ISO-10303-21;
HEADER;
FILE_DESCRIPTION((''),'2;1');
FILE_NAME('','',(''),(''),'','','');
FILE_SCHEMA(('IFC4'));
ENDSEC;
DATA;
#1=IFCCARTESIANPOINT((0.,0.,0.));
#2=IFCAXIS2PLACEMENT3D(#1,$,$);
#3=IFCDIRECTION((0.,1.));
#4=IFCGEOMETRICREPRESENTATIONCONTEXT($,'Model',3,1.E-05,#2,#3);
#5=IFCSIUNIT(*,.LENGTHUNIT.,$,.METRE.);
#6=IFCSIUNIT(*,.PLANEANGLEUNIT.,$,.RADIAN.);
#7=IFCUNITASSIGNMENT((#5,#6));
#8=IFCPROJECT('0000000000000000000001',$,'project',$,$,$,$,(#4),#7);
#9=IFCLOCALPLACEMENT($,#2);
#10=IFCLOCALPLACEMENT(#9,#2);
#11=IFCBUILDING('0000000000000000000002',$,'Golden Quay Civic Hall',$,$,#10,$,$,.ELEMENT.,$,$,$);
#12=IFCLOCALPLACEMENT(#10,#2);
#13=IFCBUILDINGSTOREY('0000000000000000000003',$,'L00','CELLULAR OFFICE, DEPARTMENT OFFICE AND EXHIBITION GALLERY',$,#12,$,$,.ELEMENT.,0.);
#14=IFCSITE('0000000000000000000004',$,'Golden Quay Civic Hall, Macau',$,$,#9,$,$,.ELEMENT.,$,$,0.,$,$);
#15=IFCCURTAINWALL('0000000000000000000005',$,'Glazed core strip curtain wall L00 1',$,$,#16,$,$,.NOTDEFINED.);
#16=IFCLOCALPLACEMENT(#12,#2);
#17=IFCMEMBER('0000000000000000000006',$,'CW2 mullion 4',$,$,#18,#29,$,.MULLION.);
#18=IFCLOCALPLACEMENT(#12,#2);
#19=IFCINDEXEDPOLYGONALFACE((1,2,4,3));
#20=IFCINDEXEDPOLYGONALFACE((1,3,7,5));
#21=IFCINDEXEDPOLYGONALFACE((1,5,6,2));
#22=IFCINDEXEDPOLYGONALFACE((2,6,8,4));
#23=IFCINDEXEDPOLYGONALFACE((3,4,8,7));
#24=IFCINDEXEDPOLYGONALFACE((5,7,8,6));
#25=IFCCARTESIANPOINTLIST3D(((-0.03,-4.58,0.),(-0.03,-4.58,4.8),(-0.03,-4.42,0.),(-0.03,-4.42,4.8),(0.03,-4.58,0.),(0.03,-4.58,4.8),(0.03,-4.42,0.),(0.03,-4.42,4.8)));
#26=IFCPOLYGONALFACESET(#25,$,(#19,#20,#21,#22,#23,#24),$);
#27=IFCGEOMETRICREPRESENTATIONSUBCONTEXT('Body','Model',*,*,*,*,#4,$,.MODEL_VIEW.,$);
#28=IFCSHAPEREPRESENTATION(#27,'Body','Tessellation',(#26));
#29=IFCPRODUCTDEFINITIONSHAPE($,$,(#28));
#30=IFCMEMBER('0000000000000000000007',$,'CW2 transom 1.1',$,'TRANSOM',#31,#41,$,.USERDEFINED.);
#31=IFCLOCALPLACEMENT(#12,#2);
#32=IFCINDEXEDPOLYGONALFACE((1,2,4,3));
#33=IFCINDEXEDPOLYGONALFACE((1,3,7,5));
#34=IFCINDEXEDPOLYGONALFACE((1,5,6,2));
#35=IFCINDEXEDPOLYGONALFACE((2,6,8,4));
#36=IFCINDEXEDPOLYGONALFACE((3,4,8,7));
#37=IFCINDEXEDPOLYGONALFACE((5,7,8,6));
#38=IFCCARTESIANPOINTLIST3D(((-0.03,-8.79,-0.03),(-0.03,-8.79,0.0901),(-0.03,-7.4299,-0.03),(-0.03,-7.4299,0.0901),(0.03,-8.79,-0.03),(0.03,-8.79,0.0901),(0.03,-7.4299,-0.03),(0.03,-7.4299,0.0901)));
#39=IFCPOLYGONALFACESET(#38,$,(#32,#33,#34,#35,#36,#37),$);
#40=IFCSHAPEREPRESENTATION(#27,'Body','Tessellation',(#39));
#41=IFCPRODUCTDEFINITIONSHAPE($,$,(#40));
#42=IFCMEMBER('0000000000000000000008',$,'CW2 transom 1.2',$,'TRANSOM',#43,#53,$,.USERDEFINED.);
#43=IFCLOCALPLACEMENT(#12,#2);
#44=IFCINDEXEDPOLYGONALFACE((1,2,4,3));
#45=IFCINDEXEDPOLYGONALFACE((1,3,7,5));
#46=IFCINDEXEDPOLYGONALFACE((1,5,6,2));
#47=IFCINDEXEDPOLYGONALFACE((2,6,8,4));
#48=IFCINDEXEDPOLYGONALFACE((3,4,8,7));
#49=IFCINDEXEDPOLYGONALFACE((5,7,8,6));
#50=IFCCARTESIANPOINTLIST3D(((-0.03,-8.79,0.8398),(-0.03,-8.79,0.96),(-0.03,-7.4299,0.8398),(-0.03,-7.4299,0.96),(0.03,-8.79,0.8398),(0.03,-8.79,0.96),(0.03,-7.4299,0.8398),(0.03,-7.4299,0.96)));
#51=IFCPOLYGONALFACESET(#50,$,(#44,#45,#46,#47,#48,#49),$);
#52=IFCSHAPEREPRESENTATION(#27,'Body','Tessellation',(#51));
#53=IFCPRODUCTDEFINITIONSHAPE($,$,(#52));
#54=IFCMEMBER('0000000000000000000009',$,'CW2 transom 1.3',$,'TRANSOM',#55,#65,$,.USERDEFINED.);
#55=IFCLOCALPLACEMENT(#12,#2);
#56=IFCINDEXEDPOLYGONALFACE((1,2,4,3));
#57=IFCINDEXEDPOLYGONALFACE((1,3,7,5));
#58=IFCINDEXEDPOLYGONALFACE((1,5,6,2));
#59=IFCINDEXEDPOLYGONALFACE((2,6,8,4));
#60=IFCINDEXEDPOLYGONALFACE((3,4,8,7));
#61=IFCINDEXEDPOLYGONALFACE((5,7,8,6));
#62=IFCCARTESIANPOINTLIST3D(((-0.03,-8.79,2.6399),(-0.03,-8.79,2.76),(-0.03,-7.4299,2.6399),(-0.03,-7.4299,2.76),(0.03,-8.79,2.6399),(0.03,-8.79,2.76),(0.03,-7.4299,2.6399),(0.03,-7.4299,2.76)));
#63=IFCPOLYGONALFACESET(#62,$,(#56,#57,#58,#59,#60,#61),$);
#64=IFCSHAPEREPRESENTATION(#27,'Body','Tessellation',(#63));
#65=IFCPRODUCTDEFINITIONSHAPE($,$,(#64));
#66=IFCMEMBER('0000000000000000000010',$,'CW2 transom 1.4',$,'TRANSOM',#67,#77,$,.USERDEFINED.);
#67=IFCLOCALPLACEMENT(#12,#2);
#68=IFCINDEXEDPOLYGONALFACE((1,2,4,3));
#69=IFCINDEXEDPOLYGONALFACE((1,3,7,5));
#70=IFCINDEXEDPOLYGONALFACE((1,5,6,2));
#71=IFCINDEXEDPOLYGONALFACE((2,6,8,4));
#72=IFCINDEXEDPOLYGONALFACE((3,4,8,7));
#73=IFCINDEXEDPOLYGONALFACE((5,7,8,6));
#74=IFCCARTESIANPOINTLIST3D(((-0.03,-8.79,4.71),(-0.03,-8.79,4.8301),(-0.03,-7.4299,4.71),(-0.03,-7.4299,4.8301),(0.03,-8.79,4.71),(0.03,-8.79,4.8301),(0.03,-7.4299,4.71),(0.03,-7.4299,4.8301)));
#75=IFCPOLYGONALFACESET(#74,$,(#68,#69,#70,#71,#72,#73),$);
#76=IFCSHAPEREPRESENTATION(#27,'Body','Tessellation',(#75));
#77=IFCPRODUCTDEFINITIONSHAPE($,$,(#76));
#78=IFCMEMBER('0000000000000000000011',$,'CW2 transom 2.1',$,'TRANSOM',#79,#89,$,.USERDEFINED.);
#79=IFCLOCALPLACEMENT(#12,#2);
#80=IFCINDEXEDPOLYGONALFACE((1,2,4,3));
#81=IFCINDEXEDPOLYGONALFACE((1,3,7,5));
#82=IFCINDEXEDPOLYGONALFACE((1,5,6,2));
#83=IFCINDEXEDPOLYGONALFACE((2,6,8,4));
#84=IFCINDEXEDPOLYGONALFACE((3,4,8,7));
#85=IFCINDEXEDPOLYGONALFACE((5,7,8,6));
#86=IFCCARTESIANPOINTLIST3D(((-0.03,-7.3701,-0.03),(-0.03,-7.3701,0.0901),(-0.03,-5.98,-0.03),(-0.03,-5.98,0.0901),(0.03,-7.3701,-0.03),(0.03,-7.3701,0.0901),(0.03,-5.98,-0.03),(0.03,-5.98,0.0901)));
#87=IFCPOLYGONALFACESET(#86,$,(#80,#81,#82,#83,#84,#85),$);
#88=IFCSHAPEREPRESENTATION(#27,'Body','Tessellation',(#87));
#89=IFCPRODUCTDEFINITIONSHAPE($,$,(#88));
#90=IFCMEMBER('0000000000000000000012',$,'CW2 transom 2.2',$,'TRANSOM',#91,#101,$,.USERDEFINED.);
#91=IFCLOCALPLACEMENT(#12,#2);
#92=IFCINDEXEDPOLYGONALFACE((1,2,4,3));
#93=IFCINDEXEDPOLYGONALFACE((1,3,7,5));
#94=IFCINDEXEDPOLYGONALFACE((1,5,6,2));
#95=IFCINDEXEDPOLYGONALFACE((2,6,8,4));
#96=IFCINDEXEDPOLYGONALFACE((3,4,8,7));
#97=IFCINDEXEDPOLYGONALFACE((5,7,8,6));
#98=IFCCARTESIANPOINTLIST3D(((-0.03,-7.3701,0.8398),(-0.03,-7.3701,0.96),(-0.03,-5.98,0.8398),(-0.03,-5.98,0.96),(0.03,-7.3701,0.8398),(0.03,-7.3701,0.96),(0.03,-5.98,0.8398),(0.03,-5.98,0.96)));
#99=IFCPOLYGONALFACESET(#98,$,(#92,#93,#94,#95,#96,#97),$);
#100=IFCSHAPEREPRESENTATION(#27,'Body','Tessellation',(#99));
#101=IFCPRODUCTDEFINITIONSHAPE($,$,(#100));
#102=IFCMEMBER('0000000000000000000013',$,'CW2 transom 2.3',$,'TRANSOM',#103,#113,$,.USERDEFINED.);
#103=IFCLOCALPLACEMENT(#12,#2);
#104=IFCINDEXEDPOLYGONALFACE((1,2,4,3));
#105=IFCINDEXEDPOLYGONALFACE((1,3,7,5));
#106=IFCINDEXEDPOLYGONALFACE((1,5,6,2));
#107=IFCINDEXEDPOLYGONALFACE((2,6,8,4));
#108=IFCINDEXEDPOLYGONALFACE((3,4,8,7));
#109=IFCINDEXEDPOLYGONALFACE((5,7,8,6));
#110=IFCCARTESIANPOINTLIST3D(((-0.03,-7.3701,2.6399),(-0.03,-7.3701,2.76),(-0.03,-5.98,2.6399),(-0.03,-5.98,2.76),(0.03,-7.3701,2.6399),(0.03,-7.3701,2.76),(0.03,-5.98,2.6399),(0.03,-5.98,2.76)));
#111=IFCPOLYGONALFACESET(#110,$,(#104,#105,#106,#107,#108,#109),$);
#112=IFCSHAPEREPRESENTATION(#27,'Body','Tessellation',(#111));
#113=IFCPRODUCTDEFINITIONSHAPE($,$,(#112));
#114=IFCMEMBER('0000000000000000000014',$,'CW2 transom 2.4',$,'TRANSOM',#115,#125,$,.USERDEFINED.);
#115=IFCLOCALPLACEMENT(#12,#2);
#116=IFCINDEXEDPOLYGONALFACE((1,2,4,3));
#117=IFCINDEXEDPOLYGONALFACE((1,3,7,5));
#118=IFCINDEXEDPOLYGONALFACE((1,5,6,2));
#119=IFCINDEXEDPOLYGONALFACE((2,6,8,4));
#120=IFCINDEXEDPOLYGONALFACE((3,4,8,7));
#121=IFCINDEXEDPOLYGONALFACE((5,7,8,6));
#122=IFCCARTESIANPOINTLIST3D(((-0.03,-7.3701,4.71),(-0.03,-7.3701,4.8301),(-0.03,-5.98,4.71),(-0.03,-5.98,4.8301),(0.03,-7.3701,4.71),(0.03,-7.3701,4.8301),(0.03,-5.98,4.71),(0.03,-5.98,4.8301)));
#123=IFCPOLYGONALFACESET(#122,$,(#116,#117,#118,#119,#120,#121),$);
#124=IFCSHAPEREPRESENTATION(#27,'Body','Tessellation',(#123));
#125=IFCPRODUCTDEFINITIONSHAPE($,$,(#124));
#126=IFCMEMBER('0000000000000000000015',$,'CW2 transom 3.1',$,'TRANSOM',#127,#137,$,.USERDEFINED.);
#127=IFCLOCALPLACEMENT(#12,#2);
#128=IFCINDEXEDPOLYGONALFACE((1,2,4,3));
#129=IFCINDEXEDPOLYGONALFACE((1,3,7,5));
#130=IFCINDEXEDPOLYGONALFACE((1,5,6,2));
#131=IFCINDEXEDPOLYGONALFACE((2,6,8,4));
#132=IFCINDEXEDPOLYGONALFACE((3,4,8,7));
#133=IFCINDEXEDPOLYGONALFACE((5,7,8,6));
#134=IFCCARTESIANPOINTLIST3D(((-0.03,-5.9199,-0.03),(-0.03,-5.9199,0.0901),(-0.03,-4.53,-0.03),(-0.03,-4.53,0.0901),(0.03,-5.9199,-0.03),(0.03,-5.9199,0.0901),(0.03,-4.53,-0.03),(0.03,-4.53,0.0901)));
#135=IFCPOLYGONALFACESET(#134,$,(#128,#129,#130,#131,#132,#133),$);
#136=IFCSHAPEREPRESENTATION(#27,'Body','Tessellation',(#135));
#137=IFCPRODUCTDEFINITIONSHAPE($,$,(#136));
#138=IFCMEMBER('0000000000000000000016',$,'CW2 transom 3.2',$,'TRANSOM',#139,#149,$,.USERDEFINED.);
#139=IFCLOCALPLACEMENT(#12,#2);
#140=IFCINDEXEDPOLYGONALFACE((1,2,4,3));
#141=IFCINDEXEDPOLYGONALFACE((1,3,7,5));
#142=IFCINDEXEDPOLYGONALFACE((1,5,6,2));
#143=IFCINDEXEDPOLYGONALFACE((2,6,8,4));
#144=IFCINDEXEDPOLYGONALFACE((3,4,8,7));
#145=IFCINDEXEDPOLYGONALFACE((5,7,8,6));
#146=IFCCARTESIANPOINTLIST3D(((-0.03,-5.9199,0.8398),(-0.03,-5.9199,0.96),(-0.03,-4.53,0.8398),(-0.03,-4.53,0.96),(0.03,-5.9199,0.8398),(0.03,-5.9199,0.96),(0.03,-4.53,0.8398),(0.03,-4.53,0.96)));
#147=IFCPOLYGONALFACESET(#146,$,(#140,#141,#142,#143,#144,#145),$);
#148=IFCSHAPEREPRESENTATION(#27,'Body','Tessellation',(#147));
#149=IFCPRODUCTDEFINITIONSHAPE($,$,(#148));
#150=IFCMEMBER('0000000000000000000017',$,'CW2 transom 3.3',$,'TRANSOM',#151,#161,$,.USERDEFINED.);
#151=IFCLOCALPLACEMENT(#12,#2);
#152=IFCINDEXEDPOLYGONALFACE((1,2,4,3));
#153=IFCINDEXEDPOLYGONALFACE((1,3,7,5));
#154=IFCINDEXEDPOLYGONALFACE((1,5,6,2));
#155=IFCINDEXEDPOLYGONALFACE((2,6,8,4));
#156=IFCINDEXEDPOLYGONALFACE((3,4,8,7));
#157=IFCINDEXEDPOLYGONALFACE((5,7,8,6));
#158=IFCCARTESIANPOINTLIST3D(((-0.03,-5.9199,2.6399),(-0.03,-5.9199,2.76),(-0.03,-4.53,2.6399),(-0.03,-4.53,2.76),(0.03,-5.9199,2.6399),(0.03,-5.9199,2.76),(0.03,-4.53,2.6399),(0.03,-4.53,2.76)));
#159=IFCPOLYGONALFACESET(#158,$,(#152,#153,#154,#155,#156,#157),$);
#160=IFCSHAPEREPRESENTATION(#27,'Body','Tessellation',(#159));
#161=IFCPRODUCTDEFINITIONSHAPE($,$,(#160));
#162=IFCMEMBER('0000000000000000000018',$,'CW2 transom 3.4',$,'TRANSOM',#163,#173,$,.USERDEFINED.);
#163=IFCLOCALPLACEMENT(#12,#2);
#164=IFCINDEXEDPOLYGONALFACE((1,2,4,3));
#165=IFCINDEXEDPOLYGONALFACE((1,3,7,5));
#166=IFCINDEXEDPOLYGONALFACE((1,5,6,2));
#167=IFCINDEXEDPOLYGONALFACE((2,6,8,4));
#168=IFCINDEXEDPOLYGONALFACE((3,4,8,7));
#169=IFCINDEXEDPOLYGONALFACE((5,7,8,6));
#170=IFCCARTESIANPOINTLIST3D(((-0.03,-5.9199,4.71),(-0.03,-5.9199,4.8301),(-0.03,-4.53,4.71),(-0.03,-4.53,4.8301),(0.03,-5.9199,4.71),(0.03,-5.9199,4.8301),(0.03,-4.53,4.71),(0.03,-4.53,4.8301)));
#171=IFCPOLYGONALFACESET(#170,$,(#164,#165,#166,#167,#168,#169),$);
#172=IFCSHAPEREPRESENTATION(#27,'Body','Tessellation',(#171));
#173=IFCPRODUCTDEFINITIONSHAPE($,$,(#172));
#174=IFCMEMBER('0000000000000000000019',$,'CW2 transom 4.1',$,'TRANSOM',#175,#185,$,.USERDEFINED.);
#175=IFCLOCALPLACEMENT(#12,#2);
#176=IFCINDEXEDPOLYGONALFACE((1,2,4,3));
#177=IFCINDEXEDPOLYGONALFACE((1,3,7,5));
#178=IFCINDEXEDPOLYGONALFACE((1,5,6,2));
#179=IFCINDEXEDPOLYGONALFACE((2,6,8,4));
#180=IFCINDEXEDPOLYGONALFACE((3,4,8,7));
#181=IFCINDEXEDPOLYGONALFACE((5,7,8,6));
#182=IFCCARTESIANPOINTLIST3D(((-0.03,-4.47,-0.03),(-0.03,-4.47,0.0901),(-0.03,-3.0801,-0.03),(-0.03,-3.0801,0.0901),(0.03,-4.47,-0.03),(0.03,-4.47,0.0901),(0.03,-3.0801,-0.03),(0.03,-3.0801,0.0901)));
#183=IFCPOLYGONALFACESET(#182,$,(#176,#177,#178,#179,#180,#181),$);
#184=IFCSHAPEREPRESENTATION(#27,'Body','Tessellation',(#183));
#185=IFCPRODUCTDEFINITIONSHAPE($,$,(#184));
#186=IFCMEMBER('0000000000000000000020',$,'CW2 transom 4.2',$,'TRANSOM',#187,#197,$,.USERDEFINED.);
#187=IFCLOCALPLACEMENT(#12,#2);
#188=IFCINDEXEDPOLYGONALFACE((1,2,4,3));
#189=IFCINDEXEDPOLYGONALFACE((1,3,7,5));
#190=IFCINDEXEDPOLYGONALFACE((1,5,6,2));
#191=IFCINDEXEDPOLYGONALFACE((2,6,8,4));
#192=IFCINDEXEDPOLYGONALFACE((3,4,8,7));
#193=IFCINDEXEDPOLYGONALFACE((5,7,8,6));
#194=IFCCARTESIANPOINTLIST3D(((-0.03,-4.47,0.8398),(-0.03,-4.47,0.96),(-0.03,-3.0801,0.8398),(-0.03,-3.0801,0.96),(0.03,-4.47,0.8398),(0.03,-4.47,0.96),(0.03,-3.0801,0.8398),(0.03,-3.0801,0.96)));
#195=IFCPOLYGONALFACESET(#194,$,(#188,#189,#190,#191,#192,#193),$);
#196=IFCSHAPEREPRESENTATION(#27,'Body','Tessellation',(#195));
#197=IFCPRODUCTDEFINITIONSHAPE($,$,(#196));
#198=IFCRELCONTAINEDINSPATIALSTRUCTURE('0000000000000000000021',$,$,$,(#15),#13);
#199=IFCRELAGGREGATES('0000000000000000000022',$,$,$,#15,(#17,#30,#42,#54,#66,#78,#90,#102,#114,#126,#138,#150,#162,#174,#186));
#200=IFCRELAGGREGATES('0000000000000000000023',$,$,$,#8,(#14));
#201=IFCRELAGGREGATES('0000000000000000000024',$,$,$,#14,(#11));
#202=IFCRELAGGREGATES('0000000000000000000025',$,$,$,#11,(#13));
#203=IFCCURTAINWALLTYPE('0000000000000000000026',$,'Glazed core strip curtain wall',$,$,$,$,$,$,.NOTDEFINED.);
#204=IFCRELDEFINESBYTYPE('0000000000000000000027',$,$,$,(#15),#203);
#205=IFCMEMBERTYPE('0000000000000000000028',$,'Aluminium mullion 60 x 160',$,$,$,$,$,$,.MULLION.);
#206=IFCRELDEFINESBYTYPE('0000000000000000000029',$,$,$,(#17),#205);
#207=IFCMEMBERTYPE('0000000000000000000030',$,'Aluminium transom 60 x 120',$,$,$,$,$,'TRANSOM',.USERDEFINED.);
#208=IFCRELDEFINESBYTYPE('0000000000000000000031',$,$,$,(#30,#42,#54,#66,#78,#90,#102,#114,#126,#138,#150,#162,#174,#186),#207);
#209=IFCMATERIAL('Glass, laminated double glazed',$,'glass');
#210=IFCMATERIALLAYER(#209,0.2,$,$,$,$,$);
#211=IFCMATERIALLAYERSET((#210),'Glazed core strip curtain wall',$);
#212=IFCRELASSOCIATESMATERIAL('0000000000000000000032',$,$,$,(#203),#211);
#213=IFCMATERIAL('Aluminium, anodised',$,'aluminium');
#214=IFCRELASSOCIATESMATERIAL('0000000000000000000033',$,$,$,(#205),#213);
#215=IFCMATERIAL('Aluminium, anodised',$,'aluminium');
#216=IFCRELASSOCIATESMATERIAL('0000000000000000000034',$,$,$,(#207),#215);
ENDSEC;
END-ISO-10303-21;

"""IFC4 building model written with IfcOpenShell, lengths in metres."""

from ifc_helpers import new_model, si_unit, direction, frame, origin, origin_2d, place, context, subcontext, project, spatial, rectangle, extrude, material, layer, layer_set, material_profile, profile_set, type_object, element, aggregate, save


model = new_model("IFC4")

# Units and contexts
model_context = context("Model", 3, precision=1e-05, world=origin(), true_north=direction((0.0, 1.0)))
body_context = subcontext(model_context, "Body", "Model", "MODEL_VIEW")
ifc_project = project(units=[si_unit("LENGTHUNIT", "METRE"), si_unit("PLANEANGLEUNIT", "RADIAN")], contexts=[model_context])

# Site, building, storey
site_placement = place(None, origin())
site = spatial("IfcSite", under=ifc_project, at=site_placement, Name="Golden Quay Civic Hall, Macau", CompositionType="ELEMENT", RefElevation=0.0)
building_placement = place(site_placement, origin())
building = spatial("IfcBuilding", under=site, at=building_placement, Name="Golden Quay Civic Hall", CompositionType="ELEMENT")
storey_placement = place(building_placement, origin())
storey = spatial("IfcBuildingStorey", under=building, at=storey_placement, Name="L00", Description="CELLULAR OFFICE, DEPARTMENT OFFICE AND EXHIBITION GALLERY", CompositionType="ELEMENT", Elevation=0.0)

# Curtain wall, members
ifc_material_1 = material(Name="Glass, laminated double glazed", Category="glass")
ifc_layer_1 = layer(ifc_material_1, 0.2)
ifc_layer_set_1 = layer_set([ifc_layer_1], Name="Glazed core strip curtain wall")
curtain_wall_type = type_object("IfcCurtainWallType", Name="Glazed core strip curtain wall", PredefinedType="NOTDEFINED", material=ifc_layer_set_1)
curtain_wall_placement = place(storey_placement, origin())
curtain_wall = element("IfcCurtainWall", 1, at=curtain_wall_placement, inside=storey, type_object=curtain_wall_type, Name="Glazed core strip curtain wall L00 1", PredefinedType="NOTDEFINED")
ifc_material_2 = material(Name="Aluminium, anodised", Category="aluminium")
ifc_material_profile_1 = material_profile(ifc_material_2, rectangle(XDim=0.0601, YDim=0.1599, at=origin_2d()), Name="Aluminium 60 x 160")
ifc_profile_set_1 = profile_set([ifc_material_profile_1], Name="Aluminium, anodised")
member_type_1 = type_object("IfcMemberType", Name="Aluminium mullion 60 x 160", PredefinedType="MULLION", material=ifc_profile_set_1)
member_1_placement = place(storey_placement, frame((0.0, -4.5, 0.0), z_axis=(0.0, 0.0, 1.0), x_axis=(-1.0, 0.0, 0.0)))
member_1 = element("IfcMember", 2, at=member_1_placement, type_object=member_type_1, Name="CW2 mullion 4", PredefinedType="MULLION", context=body_context, shape_type="SweptSolid", body=[
    extrude(rectangle(XDim=0.0601, YDim=0.1599, at=origin_2d()), origin(), (0.0, 0.0, 1.0), 4.8),
])
ifc_material_3 = material(Name="Aluminium, anodised", Category="aluminium")
ifc_material_profile_2 = material_profile(ifc_material_3, rectangle(XDim=0.0601, YDim=0.1201, at=origin_2d()), Name="Aluminium 60 x 120")
ifc_profile_set_2 = profile_set([ifc_material_profile_2], Name="Aluminium, anodised")
member_type_2 = type_object("IfcMemberType", Name="Aluminium transom 60 x 120", ElementType="TRANSOM", PredefinedType="USERDEFINED", material=ifc_profile_set_2)
member_2_placement = place(storey_placement, frame((0.0, -8.79, 0.03), z_axis=(0.0, 1.0, 0.0), x_axis=(-1.0, 0.0, 0.0)))
member_2 = element("IfcMember", 3, at=member_2_placement, type_object=member_type_2, Name="CW2 transom 1.1", ObjectType="TRANSOM", PredefinedType="USERDEFINED", context=body_context, shape_type="SweptSolid", body=[
    extrude(rectangle(XDim=0.0601, YDim=0.1201, at=origin_2d()), origin(), (0.0, 0.0, 1.0), 1.3601),
])
member_3_placement = place(storey_placement, frame((0.0, -8.79, 0.8999), z_axis=(0.0, 1.0, 0.0), x_axis=(-1.0, 0.0, 0.0)))
member_3 = element("IfcMember", 4, at=member_3_placement, type_object=member_type_2, Name="CW2 transom 1.2", ObjectType="TRANSOM", PredefinedType="USERDEFINED", context=body_context, shape_type="SweptSolid", body=[
    extrude(rectangle(XDim=0.0601, YDim=0.1201, at=origin_2d()), origin(), (0.0, 0.0, 1.0), 1.3601),
])
member_4_placement = place(storey_placement, frame((0.0, -8.79, 2.7), z_axis=(0.0, 1.0, 0.0), x_axis=(-1.0, 0.0, 0.0)))
member_4 = element("IfcMember", 5, at=member_4_placement, type_object=member_type_2, Name="CW2 transom 1.3", ObjectType="TRANSOM", PredefinedType="USERDEFINED", context=body_context, shape_type="SweptSolid", body=[
    extrude(rectangle(XDim=0.0601, YDim=0.1201, at=origin_2d()), origin(), (0.0, 0.0, 1.0), 1.3601),
])
member_5_placement = place(storey_placement, frame((0.0, -8.79, 4.77), z_axis=(0.0, 1.0, 0.0), x_axis=(-1.0, 0.0, 0.0)))
member_5 = element("IfcMember", 6, at=member_5_placement, type_object=member_type_2, Name="CW2 transom 1.4", ObjectType="TRANSOM", PredefinedType="USERDEFINED", context=body_context, shape_type="SweptSolid", body=[
    extrude(rectangle(XDim=0.0601, YDim=0.1201, at=origin_2d()), origin(), (0.0, 0.0, 1.0), 1.3601),
])
member_6_placement = place(storey_placement, frame((0.0, -7.3701, 0.03), z_axis=(0.0, 1.0, 0.0), x_axis=(-1.0, 0.0, 0.0)))
member_6 = element("IfcMember", 7, at=member_6_placement, type_object=member_type_2, Name="CW2 transom 2.1", ObjectType="TRANSOM", PredefinedType="USERDEFINED", context=body_context, shape_type="SweptSolid", body=[
    extrude(rectangle(XDim=0.0601, YDim=0.1201, at=origin_2d()), origin(), (0.0, 0.0, 1.0), 1.3901),
])
member_7_placement = place(storey_placement, frame((0.0, -7.3701, 0.8999), z_axis=(0.0, 1.0, 0.0), x_axis=(-1.0, 0.0, 0.0)))
member_7 = element("IfcMember", 8, at=member_7_placement, type_object=member_type_2, Name="CW2 transom 2.2", ObjectType="TRANSOM", PredefinedType="USERDEFINED", context=body_context, shape_type="SweptSolid", body=[
    extrude(rectangle(XDim=0.0601, YDim=0.1201, at=origin_2d()), origin(), (0.0, 0.0, 1.0), 1.3901),
])
member_8_placement = place(storey_placement, frame((0.0, -7.3701, 2.7), z_axis=(0.0, 1.0, 0.0), x_axis=(-1.0, 0.0, 0.0)))
member_8 = element("IfcMember", 9, at=member_8_placement, type_object=member_type_2, Name="CW2 transom 2.3", ObjectType="TRANSOM", PredefinedType="USERDEFINED", context=body_context, shape_type="SweptSolid", body=[
    extrude(rectangle(XDim=0.0601, YDim=0.1201, at=origin_2d()), origin(), (0.0, 0.0, 1.0), 1.3901),
])
member_9_placement = place(storey_placement, frame((0.0, -7.3701, 4.77), z_axis=(0.0, 1.0, 0.0), x_axis=(-1.0, 0.0, 0.0)))
member_9 = element("IfcMember", 10, at=member_9_placement, type_object=member_type_2, Name="CW2 transom 2.4", ObjectType="TRANSOM", PredefinedType="USERDEFINED", context=body_context, shape_type="SweptSolid", body=[
    extrude(rectangle(XDim=0.0601, YDim=0.1201, at=origin_2d()), origin(), (0.0, 0.0, 1.0), 1.3901),
])
member_10_placement = place(storey_placement, frame((0.0, -5.9199, 0.03), z_axis=(0.0, 1.0, 0.0), x_axis=(-1.0, 0.0, 0.0)))
member_10 = element("IfcMember", 11, at=member_10_placement, type_object=member_type_2, Name="CW2 transom 3.1", ObjectType="TRANSOM", PredefinedType="USERDEFINED", context=body_context, shape_type="SweptSolid", body=[
    extrude(rectangle(XDim=0.0601, YDim=0.1201, at=origin_2d()), origin(), (0.0, 0.0, 1.0), 1.3899),
])
member_11_placement = place(storey_placement, frame((0.0, -5.9199, 0.8999), z_axis=(0.0, 1.0, 0.0), x_axis=(-1.0, 0.0, 0.0)))
member_11 = element("IfcMember", 12, at=member_11_placement, type_object=member_type_2, Name="CW2 transom 3.2", ObjectType="TRANSOM", PredefinedType="USERDEFINED", context=body_context, shape_type="SweptSolid", body=[
    extrude(rectangle(XDim=0.0601, YDim=0.1201, at=origin_2d()), origin(), (0.0, 0.0, 1.0), 1.3899),
])
member_12_placement = place(storey_placement, frame((0.0, -5.9199, 2.7), z_axis=(0.0, 1.0, 0.0), x_axis=(-1.0, 0.0, 0.0)))
member_12 = element("IfcMember", 13, at=member_12_placement, type_object=member_type_2, Name="CW2 transom 3.3", ObjectType="TRANSOM", PredefinedType="USERDEFINED", context=body_context, shape_type="SweptSolid", body=[
    extrude(rectangle(XDim=0.0601, YDim=0.1201, at=origin_2d()), origin(), (0.0, 0.0, 1.0), 1.3899),
])
member_13_placement = place(storey_placement, frame((0.0, -5.9199, 4.77), z_axis=(0.0, 1.0, 0.0), x_axis=(-1.0, 0.0, 0.0)))
member_13 = element("IfcMember", 14, at=member_13_placement, type_object=member_type_2, Name="CW2 transom 3.4", ObjectType="TRANSOM", PredefinedType="USERDEFINED", context=body_context, shape_type="SweptSolid", body=[
    extrude(rectangle(XDim=0.0601, YDim=0.1201, at=origin_2d()), origin(), (0.0, 0.0, 1.0), 1.3899),
])
member_14_placement = place(storey_placement, frame((0.0, -4.47, 0.03), z_axis=(0.0, 1.0, 0.0), x_axis=(-1.0, 0.0, 0.0)))
member_14 = element("IfcMember", 15, at=member_14_placement, type_object=member_type_2, Name="CW2 transom 4.1", ObjectType="TRANSOM", PredefinedType="USERDEFINED", context=body_context, shape_type="SweptSolid", body=[
    extrude(rectangle(XDim=0.0601, YDim=0.1201, at=origin_2d()), origin(), (0.0, 0.0, 1.0), 1.3899),
])
member_15_placement = place(storey_placement, frame((0.0, -4.47, 0.8999), z_axis=(0.0, 1.0, 0.0), x_axis=(-1.0, 0.0, 0.0)))
member_15 = element("IfcMember", 16, at=member_15_placement, type_object=member_type_2, Name="CW2 transom 4.2", ObjectType="TRANSOM", PredefinedType="USERDEFINED", context=body_context, shape_type="SweptSolid", body=[
    extrude(rectangle(XDim=0.0601, YDim=0.1201, at=origin_2d()), origin(), (0.0, 0.0, 1.0), 1.3899),
])
aggregate(curtain_wall, [member_1, member_2, member_3, member_4, member_5, member_6, member_7, member_8, member_9, member_10, member_11, member_12, member_13, member_14, member_15])

save(model, "model.ifc")
